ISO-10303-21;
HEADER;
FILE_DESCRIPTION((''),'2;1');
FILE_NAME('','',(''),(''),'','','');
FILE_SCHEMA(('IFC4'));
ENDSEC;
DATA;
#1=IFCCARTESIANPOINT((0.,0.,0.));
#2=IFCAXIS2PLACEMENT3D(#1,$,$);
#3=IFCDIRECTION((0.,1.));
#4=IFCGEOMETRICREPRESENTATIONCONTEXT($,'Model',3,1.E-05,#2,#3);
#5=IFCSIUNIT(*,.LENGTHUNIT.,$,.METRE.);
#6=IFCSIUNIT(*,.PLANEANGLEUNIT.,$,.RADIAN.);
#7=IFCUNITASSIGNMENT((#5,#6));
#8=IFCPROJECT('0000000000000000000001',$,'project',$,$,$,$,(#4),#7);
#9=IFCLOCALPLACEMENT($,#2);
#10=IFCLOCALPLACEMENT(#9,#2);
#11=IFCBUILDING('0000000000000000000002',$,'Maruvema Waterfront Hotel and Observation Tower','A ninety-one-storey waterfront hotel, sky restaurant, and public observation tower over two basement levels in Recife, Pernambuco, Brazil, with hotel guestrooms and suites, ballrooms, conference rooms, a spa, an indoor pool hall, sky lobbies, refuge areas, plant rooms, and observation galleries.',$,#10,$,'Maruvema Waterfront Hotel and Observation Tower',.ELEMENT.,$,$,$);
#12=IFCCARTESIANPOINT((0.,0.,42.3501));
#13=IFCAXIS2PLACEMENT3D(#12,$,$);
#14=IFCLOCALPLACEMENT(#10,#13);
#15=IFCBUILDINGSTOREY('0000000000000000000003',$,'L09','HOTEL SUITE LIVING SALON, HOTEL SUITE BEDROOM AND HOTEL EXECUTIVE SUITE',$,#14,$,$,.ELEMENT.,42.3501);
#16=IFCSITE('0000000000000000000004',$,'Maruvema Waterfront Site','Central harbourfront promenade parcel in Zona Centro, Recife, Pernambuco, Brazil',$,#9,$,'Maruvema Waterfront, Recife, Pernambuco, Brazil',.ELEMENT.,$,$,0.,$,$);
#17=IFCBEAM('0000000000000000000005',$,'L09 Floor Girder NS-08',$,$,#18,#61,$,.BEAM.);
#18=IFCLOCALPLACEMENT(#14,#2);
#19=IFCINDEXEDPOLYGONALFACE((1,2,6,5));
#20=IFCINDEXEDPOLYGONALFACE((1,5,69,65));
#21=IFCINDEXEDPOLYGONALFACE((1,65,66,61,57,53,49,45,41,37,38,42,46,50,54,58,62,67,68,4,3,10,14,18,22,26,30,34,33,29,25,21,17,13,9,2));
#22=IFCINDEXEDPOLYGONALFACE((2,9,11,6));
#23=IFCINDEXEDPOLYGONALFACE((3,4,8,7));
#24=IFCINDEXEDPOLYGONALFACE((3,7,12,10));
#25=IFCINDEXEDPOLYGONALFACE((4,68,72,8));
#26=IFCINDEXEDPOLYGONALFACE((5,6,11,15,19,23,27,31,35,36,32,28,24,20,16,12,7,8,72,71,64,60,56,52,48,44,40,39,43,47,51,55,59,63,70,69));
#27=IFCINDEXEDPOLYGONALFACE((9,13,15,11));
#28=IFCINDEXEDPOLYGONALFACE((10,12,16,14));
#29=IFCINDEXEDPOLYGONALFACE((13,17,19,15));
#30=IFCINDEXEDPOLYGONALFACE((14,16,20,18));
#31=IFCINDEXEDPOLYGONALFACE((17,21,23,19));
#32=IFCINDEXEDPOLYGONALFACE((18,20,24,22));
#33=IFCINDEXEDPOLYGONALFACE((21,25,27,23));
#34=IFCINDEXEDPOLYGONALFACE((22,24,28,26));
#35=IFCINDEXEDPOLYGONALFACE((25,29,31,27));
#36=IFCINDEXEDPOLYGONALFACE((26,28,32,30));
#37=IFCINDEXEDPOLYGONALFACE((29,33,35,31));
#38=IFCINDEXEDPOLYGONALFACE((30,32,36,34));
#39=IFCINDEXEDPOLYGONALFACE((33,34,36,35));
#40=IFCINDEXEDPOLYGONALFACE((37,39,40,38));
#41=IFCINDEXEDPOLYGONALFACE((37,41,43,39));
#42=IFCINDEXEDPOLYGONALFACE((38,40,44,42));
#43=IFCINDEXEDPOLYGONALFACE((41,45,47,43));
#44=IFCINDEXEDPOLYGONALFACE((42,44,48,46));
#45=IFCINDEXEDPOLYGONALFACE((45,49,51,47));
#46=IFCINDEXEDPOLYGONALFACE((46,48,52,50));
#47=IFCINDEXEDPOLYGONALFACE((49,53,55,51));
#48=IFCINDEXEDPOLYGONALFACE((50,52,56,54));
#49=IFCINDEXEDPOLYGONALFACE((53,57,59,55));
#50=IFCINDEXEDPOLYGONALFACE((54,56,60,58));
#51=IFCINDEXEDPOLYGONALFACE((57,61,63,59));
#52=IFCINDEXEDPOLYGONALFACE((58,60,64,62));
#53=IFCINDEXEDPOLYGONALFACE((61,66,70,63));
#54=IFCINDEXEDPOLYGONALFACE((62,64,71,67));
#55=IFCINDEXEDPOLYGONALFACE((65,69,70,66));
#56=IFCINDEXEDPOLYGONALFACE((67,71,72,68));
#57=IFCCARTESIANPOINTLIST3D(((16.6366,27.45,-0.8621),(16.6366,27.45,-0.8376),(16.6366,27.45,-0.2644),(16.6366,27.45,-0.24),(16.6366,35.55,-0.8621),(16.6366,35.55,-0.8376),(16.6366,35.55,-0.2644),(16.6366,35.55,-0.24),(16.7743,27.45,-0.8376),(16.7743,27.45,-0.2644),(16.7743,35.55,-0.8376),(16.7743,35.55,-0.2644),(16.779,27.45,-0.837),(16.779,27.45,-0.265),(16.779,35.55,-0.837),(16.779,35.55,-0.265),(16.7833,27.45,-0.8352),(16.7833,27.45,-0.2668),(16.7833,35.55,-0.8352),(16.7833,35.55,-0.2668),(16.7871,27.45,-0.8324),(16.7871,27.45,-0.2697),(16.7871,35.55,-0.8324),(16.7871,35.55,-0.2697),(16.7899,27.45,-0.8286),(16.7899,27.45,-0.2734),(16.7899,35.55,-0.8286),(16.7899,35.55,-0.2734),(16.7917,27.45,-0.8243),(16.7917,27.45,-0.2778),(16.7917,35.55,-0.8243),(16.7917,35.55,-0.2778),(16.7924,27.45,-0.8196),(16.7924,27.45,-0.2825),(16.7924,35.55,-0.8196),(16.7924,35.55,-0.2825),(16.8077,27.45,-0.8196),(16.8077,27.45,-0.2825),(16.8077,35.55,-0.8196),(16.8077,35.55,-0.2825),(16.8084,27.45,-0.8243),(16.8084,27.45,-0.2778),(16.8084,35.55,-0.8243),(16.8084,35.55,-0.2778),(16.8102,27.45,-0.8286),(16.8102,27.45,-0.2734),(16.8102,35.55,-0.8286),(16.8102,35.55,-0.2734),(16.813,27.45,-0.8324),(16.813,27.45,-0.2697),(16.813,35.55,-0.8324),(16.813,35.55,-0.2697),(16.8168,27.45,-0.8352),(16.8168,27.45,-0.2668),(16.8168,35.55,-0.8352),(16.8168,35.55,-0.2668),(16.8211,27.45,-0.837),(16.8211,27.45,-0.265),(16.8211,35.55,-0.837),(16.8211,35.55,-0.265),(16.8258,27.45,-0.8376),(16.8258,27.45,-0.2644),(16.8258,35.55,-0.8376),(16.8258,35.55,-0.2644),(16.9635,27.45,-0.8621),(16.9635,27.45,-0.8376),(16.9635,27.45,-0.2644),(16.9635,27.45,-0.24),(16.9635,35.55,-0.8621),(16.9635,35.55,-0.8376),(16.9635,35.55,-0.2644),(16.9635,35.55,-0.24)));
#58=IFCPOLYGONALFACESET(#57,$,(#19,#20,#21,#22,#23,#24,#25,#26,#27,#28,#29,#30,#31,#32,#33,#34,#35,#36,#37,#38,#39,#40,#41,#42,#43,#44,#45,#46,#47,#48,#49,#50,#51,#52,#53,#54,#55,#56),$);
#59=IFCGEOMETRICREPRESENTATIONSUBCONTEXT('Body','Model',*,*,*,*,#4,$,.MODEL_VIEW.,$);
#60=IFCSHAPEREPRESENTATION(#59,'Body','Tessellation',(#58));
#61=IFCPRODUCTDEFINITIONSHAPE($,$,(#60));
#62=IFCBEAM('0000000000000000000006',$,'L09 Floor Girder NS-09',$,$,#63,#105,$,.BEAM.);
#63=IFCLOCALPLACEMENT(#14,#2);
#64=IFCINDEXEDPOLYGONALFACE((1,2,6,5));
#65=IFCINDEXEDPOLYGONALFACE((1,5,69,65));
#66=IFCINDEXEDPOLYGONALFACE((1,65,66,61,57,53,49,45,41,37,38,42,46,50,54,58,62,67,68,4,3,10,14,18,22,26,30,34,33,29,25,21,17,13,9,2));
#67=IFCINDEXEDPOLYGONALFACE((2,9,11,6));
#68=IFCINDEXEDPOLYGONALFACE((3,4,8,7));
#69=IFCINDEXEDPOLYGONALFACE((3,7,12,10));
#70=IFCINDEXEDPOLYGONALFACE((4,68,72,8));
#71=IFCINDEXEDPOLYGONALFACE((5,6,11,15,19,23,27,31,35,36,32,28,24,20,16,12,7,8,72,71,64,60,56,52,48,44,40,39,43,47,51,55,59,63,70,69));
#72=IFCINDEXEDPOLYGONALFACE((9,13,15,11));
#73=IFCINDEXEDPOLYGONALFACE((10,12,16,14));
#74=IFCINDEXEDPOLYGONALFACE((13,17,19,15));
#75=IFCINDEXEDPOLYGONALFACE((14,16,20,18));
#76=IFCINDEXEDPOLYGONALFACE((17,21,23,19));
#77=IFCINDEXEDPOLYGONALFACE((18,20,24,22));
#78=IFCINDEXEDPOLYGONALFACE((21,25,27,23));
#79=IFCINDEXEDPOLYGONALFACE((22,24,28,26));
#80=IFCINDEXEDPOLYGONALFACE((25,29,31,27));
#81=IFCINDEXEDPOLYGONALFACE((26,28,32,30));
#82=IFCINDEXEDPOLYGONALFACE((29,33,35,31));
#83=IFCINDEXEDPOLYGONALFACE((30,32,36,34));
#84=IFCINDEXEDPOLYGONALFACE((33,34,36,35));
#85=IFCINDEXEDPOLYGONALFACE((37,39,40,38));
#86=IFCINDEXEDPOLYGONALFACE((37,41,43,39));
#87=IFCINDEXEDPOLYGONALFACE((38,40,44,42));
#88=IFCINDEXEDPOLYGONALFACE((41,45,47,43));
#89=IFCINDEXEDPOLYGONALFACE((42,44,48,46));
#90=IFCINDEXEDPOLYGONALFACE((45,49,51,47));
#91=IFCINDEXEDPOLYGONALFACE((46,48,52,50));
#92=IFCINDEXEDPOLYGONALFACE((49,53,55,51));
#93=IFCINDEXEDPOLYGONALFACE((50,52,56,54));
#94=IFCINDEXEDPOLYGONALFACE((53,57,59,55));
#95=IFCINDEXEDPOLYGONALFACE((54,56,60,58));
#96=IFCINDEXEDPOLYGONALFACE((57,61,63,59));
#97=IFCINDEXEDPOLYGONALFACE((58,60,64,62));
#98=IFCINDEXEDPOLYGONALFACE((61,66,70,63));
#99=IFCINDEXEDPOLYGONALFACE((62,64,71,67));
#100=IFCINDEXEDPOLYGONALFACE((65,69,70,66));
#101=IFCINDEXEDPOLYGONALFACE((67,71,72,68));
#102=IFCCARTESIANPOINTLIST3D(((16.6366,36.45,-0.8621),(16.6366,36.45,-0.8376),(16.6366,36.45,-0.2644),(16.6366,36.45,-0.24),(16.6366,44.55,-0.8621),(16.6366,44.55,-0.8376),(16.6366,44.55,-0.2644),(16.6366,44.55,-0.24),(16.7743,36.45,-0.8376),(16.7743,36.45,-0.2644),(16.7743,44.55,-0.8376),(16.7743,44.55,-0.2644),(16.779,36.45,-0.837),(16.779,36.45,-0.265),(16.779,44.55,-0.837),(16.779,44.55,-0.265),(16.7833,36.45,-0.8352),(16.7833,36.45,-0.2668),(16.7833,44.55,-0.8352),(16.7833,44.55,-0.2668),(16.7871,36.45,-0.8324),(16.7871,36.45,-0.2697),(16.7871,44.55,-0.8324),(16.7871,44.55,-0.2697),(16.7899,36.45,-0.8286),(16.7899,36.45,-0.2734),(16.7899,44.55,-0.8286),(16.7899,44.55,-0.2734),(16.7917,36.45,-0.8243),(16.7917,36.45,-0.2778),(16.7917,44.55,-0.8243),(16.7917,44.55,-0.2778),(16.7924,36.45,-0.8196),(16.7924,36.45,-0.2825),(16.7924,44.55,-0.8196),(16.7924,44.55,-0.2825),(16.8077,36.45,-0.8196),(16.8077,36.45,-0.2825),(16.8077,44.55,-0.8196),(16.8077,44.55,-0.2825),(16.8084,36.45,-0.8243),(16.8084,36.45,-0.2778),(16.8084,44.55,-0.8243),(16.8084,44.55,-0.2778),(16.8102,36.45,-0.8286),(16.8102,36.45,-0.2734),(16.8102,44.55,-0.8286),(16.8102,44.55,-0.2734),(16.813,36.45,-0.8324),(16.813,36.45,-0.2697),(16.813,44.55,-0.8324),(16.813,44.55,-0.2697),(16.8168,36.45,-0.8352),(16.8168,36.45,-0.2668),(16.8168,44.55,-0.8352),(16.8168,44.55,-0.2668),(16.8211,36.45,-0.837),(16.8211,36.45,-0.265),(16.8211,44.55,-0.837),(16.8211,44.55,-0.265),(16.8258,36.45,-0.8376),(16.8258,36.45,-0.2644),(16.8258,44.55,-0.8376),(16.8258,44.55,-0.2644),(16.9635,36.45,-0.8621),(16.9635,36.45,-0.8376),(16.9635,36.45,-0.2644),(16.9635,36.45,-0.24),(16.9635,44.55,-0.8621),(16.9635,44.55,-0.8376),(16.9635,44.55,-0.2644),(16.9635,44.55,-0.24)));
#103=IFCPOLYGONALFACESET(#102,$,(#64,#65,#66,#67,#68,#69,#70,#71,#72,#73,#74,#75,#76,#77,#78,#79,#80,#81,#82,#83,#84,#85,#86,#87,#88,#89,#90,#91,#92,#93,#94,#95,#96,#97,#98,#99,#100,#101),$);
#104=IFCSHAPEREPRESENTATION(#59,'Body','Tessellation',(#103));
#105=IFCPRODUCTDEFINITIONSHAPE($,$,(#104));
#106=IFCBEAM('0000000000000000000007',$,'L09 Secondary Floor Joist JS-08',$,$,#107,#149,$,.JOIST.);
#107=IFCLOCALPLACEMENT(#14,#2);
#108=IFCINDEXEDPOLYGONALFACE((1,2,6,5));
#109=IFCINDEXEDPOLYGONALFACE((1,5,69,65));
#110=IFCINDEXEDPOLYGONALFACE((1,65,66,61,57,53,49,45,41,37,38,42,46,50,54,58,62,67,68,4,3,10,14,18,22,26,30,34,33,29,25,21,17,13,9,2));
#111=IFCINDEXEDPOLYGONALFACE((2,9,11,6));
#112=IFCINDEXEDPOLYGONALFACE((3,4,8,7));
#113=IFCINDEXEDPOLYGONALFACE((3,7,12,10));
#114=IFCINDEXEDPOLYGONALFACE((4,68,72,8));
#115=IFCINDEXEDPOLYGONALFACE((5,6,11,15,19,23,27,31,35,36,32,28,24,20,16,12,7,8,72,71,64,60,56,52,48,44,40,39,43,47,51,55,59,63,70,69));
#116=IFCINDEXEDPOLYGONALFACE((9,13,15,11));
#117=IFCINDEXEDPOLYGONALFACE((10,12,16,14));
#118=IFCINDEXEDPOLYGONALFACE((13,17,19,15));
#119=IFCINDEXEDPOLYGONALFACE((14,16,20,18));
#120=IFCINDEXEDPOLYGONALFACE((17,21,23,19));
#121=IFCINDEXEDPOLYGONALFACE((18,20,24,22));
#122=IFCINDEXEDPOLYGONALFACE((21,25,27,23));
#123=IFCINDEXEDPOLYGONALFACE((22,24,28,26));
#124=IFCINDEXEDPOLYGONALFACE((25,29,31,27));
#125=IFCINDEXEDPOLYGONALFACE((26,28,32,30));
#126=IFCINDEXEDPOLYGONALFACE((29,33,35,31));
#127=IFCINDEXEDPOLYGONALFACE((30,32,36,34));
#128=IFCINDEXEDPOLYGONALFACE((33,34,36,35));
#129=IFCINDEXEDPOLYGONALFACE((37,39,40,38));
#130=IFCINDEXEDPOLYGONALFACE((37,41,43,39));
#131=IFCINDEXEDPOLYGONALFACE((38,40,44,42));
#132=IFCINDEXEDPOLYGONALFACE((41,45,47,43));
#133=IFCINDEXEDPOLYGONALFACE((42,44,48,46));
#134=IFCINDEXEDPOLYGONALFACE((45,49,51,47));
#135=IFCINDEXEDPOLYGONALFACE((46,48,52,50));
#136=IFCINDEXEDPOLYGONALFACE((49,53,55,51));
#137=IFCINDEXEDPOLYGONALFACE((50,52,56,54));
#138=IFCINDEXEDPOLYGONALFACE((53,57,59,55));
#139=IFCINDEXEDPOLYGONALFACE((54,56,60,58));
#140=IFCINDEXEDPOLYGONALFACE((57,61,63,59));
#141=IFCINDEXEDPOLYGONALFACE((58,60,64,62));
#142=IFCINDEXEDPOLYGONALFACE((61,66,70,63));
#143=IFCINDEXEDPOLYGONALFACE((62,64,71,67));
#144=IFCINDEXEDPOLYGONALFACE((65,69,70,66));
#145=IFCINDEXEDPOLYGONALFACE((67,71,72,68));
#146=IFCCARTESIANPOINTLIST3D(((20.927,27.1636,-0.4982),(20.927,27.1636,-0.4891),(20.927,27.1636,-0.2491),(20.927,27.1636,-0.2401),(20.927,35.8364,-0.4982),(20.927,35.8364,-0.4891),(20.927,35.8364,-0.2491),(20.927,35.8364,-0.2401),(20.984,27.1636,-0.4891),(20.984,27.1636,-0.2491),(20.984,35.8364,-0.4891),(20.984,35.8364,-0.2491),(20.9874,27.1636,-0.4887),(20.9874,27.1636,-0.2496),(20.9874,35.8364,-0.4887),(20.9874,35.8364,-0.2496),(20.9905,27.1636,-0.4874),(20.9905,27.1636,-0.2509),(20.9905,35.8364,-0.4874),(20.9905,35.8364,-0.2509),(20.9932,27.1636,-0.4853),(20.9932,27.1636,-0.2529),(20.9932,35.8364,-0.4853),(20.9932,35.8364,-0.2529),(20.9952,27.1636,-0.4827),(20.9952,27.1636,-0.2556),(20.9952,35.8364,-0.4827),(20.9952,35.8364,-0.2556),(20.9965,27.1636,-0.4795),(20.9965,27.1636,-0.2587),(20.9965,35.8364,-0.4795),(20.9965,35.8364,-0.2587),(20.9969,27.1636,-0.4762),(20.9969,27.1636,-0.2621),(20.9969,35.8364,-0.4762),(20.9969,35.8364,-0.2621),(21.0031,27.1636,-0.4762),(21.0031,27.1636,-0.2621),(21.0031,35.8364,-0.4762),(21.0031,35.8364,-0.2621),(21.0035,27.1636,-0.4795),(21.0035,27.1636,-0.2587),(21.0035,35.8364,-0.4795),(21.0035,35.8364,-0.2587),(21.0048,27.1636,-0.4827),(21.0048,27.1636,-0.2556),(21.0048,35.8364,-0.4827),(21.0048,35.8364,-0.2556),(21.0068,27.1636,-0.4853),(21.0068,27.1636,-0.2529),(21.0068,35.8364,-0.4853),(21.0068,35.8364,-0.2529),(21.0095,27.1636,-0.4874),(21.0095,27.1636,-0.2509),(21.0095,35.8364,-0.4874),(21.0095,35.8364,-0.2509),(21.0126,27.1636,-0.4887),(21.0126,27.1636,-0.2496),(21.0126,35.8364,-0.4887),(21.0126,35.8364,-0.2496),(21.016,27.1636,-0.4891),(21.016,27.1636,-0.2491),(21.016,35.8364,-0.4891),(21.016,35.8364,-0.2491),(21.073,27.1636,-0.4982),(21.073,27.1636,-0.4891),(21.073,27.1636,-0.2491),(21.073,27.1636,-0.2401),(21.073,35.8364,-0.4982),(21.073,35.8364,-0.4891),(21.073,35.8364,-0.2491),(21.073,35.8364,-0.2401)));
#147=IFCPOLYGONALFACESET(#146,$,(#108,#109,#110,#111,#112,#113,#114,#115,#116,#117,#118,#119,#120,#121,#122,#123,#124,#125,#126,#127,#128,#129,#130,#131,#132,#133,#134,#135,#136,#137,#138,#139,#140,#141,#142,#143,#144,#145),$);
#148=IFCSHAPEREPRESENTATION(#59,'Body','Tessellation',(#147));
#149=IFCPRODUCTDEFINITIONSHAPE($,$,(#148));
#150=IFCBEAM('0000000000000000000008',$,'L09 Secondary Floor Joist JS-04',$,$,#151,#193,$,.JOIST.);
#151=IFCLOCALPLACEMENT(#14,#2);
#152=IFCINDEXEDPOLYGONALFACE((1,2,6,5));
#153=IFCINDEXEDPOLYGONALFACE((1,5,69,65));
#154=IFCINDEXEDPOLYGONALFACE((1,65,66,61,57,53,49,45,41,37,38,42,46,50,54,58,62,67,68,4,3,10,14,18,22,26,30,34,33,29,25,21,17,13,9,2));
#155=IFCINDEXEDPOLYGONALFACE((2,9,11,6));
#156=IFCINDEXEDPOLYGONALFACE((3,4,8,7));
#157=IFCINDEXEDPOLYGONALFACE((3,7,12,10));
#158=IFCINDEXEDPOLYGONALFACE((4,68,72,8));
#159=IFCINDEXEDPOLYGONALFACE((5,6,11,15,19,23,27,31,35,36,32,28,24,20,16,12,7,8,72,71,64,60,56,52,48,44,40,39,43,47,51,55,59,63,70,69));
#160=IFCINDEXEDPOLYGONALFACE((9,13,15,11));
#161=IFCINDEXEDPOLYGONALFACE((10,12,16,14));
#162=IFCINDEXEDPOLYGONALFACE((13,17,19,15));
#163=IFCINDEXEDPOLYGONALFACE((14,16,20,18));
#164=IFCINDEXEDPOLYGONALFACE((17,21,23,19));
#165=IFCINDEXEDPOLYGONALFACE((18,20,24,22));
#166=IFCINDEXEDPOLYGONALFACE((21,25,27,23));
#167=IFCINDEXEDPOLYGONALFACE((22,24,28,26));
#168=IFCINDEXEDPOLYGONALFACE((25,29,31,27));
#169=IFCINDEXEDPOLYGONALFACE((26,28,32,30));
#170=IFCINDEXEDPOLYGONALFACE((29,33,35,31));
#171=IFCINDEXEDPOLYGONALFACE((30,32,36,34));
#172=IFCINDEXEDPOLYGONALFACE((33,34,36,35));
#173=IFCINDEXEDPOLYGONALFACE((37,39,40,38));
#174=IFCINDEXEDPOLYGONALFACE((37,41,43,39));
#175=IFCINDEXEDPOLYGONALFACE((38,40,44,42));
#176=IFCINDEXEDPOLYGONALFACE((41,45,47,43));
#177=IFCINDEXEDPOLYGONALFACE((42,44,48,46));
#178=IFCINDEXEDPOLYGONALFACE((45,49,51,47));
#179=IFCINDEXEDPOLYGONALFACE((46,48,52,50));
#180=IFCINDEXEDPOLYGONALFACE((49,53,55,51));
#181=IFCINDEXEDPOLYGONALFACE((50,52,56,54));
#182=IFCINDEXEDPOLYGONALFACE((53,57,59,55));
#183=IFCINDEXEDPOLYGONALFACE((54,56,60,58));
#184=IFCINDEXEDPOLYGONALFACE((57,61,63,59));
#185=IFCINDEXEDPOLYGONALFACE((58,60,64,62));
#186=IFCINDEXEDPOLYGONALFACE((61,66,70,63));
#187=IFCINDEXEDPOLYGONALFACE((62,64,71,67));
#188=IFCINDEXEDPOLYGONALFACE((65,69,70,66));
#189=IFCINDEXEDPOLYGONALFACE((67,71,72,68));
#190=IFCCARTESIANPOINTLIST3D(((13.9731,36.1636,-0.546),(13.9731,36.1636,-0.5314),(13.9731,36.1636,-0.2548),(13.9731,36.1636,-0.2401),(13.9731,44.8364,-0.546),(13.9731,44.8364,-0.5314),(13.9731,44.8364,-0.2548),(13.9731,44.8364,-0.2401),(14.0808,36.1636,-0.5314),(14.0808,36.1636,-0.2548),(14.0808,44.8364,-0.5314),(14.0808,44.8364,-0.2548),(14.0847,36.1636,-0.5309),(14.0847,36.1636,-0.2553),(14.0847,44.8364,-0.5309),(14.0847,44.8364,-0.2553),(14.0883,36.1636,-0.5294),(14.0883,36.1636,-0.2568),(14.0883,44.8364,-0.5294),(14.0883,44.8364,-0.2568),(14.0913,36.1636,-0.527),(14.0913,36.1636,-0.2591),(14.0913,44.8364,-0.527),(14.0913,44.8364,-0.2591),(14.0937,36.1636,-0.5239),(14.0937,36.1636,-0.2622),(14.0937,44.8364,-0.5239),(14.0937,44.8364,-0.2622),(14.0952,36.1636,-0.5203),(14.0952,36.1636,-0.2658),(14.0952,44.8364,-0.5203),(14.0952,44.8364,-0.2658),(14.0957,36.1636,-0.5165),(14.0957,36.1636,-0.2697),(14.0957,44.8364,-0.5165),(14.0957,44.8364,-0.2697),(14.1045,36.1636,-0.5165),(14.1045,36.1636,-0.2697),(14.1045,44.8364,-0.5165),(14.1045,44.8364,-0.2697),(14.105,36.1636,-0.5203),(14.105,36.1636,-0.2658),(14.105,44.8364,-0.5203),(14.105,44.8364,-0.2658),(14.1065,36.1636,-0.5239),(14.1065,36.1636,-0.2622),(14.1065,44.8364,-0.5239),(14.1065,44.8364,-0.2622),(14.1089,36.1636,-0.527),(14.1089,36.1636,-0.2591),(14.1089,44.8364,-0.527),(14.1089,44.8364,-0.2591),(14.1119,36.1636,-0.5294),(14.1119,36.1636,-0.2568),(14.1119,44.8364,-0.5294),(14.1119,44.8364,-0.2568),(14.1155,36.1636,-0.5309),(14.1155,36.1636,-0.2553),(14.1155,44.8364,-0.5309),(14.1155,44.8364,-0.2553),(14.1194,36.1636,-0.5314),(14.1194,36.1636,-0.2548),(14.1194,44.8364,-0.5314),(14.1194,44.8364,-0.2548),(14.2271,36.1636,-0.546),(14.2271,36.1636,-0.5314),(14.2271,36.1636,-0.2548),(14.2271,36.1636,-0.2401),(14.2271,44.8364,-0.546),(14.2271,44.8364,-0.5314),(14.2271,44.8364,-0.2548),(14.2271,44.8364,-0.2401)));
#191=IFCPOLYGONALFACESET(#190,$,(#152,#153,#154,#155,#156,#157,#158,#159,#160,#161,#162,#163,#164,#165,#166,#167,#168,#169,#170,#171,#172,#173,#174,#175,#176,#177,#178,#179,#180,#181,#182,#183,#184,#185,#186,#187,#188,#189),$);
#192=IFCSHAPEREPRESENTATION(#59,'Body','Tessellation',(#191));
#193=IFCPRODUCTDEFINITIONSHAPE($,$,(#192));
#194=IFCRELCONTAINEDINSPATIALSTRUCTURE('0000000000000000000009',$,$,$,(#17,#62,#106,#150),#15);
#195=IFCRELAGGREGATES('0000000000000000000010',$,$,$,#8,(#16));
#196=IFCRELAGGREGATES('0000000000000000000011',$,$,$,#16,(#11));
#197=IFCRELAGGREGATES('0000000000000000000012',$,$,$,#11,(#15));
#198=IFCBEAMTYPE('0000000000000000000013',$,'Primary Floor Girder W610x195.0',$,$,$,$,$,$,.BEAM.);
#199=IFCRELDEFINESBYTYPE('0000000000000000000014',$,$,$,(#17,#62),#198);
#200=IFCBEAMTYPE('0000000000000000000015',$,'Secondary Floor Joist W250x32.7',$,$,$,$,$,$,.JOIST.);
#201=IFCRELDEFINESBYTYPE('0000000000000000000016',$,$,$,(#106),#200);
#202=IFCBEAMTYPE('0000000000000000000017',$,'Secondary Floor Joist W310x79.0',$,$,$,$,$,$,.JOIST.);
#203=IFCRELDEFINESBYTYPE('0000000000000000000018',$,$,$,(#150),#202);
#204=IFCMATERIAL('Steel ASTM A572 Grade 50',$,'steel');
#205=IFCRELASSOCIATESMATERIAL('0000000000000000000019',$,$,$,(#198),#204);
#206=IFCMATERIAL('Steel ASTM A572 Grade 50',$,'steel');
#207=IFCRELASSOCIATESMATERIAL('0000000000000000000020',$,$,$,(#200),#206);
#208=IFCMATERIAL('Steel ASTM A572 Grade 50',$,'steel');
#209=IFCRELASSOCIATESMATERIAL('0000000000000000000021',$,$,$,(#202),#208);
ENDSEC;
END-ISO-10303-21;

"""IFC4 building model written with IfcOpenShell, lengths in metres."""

from ifc_helpers import new_model, si_unit, direction, frame, origin, origin_2d, place, context, subcontext, project, spatial, i_section, extrude, material, material_profile, profile_set, type_object, element, save


model = new_model("IFC4")

# Units and contexts
model_context = context("Model", 3, precision=1e-05, world=origin(), true_north=direction((0.0, 1.0)))
body_context = subcontext(model_context, "Body", "Model", "MODEL_VIEW")
ifc_project = project(units=[si_unit("LENGTHUNIT", "METRE"), si_unit("PLANEANGLEUNIT", "RADIAN")], contexts=[model_context])

# Site, building, storey
site_placement = place(None, origin())
site = spatial("IfcSite", under=ifc_project, at=site_placement, Name="Maruvema Waterfront Site", Description="Central harbourfront promenade parcel in Zona Centro, Recife, Pernambuco, Brazil", LongName="Maruvema Waterfront, Recife, Pernambuco, Brazil", CompositionType="ELEMENT", RefElevation=0.0)
building_placement = place(site_placement, origin())
building = spatial("IfcBuilding", under=site, at=building_placement, Name="Maruvema Waterfront Hotel and Observation Tower", Description="A ninety-one-storey waterfront hotel, sky restaurant, and public observation tower over two basement levels in Recife, Pernambuco, Brazil, with hotel guestrooms and suites, ballrooms, conference rooms, a spa, an indoor pool hall, sky lobbies, refuge areas, plant rooms, and observation galleries.", LongName="Maruvema Waterfront Hotel and Observation Tower", CompositionType="ELEMENT")
storey_placement = place(building_placement, frame((0.0, 0.0, 42.3501)))
storey = spatial("IfcBuildingStorey", under=building, at=storey_placement, Name="L09", Description="HOTEL SUITE LIVING SALON, HOTEL SUITE BEDROOM AND HOTEL EXECUTIVE SUITE", CompositionType="ELEMENT", Elevation=42.3501)

# Beams
ifc_material_1 = material(Name="Steel ASTM A572 Grade 50", Category="steel")
ifc_material_profile_1 = material_profile(ifc_material_1, i_section(OverallWidth=0.3269, OverallDepth=0.6221, WebThickness=0.0154, FlangeThickness=0.0244, FilletRadius=0.0181, at=origin_2d()), Name="W610x195.0")
ifc_profile_set_1 = profile_set([ifc_material_profile_1], Name="Steel ASTM A572 Grade 50")
beam_type_1 = type_object("IfcBeamType", Name="Primary Floor Girder W610x195.0", PredefinedType="BEAM", material=ifc_profile_set_1)
for number, where, z_axis, x_axis, name in (
    (1, (16.8, 27.45, -0.551), (0.0, 1.0, 0.0), (-1.0, 0.0, 0.0), "L09 Floor Girder NS-08"),
    (2, (16.8, 36.45, -0.551), (0.0, 1.0, 0.0), (-1.0, 0.0, 0.0), "L09 Floor Girder NS-09"),
):
    element("IfcBeam", number, at=place(storey_placement, frame(where, z_axis=z_axis, x_axis=x_axis)), inside=storey, type_object=beam_type_1, Name=name, PredefinedType="BEAM", context=body_context, shape_type="SweptSolid", body=[
        extrude(i_section(OverallWidth=0.3269, OverallDepth=0.6221, WebThickness=0.0154, FlangeThickness=0.0244, FilletRadius=0.0181, at=origin_2d()), origin(), (0.0, 0.0, 1.0), 8.1001),
    ])
ifc_material_2 = material(Name="Steel ASTM A572 Grade 50", Category="steel")
ifc_material_profile_2 = material_profile(ifc_material_2, i_section(OverallWidth=0.146, OverallDepth=0.2581, WebThickness=0.0061, FlangeThickness=0.009, FilletRadius=0.0129, at=origin_2d()), Name="W250x32.7")
ifc_profile_set_2 = profile_set([ifc_material_profile_2], Name="Steel ASTM A572 Grade 50")
beam_type_2 = type_object("IfcBeamType", Name="Secondary Floor Joist W250x32.7", PredefinedType="JOIST", material=ifc_profile_set_2)
beam_1_placement = place(storey_placement, frame((21.0, 27.1636, -0.3691), z_axis=(0.0, 1.0, 0.0), x_axis=(-1.0, 0.0, 0.0)))
element("IfcBeam", 3, at=beam_1_placement, inside=storey, type_object=beam_type_2, Name="L09 Secondary Floor Joist JS-08", PredefinedType="JOIST", context=body_context, shape_type="SweptSolid", body=[
    extrude(i_section(OverallWidth=0.146, OverallDepth=0.2581, WebThickness=0.0061, FlangeThickness=0.009, FilletRadius=0.0129, at=origin_2d()), origin(), (0.0, 0.0, 1.0), 8.6729),
])
ifc_material_3 = material(Name="Steel ASTM A572 Grade 50", Category="steel")
ifc_material_profile_3 = material_profile(ifc_material_3, i_section(OverallWidth=0.2539, OverallDepth=0.3059, WebThickness=0.0088, FlangeThickness=0.0146, FilletRadius=0.0149, at=origin_2d()), Name="W310x79.0")
ifc_profile_set_3 = profile_set([ifc_material_profile_3], Name="Steel ASTM A572 Grade 50")
beam_type_3 = type_object("IfcBeamType", Name="Secondary Floor Joist W310x79.0", PredefinedType="JOIST", material=ifc_profile_set_3)
beam_2_placement = place(storey_placement, frame((14.1001, 36.1636, -0.3931), z_axis=(0.0, 1.0, 0.0), x_axis=(-1.0, 0.0, 0.0)))
element("IfcBeam", 4, at=beam_2_placement, inside=storey, type_object=beam_type_3, Name="L09 Secondary Floor Joist JS-04", PredefinedType="JOIST", context=body_context, shape_type="SweptSolid", body=[
    extrude(i_section(OverallWidth=0.2539, OverallDepth=0.3059, WebThickness=0.0088, FlangeThickness=0.0146, FilletRadius=0.0149, at=origin_2d()), origin(), (0.0, 0.0, 1.0), 8.6729),
])

save(model, "model.ifc")
